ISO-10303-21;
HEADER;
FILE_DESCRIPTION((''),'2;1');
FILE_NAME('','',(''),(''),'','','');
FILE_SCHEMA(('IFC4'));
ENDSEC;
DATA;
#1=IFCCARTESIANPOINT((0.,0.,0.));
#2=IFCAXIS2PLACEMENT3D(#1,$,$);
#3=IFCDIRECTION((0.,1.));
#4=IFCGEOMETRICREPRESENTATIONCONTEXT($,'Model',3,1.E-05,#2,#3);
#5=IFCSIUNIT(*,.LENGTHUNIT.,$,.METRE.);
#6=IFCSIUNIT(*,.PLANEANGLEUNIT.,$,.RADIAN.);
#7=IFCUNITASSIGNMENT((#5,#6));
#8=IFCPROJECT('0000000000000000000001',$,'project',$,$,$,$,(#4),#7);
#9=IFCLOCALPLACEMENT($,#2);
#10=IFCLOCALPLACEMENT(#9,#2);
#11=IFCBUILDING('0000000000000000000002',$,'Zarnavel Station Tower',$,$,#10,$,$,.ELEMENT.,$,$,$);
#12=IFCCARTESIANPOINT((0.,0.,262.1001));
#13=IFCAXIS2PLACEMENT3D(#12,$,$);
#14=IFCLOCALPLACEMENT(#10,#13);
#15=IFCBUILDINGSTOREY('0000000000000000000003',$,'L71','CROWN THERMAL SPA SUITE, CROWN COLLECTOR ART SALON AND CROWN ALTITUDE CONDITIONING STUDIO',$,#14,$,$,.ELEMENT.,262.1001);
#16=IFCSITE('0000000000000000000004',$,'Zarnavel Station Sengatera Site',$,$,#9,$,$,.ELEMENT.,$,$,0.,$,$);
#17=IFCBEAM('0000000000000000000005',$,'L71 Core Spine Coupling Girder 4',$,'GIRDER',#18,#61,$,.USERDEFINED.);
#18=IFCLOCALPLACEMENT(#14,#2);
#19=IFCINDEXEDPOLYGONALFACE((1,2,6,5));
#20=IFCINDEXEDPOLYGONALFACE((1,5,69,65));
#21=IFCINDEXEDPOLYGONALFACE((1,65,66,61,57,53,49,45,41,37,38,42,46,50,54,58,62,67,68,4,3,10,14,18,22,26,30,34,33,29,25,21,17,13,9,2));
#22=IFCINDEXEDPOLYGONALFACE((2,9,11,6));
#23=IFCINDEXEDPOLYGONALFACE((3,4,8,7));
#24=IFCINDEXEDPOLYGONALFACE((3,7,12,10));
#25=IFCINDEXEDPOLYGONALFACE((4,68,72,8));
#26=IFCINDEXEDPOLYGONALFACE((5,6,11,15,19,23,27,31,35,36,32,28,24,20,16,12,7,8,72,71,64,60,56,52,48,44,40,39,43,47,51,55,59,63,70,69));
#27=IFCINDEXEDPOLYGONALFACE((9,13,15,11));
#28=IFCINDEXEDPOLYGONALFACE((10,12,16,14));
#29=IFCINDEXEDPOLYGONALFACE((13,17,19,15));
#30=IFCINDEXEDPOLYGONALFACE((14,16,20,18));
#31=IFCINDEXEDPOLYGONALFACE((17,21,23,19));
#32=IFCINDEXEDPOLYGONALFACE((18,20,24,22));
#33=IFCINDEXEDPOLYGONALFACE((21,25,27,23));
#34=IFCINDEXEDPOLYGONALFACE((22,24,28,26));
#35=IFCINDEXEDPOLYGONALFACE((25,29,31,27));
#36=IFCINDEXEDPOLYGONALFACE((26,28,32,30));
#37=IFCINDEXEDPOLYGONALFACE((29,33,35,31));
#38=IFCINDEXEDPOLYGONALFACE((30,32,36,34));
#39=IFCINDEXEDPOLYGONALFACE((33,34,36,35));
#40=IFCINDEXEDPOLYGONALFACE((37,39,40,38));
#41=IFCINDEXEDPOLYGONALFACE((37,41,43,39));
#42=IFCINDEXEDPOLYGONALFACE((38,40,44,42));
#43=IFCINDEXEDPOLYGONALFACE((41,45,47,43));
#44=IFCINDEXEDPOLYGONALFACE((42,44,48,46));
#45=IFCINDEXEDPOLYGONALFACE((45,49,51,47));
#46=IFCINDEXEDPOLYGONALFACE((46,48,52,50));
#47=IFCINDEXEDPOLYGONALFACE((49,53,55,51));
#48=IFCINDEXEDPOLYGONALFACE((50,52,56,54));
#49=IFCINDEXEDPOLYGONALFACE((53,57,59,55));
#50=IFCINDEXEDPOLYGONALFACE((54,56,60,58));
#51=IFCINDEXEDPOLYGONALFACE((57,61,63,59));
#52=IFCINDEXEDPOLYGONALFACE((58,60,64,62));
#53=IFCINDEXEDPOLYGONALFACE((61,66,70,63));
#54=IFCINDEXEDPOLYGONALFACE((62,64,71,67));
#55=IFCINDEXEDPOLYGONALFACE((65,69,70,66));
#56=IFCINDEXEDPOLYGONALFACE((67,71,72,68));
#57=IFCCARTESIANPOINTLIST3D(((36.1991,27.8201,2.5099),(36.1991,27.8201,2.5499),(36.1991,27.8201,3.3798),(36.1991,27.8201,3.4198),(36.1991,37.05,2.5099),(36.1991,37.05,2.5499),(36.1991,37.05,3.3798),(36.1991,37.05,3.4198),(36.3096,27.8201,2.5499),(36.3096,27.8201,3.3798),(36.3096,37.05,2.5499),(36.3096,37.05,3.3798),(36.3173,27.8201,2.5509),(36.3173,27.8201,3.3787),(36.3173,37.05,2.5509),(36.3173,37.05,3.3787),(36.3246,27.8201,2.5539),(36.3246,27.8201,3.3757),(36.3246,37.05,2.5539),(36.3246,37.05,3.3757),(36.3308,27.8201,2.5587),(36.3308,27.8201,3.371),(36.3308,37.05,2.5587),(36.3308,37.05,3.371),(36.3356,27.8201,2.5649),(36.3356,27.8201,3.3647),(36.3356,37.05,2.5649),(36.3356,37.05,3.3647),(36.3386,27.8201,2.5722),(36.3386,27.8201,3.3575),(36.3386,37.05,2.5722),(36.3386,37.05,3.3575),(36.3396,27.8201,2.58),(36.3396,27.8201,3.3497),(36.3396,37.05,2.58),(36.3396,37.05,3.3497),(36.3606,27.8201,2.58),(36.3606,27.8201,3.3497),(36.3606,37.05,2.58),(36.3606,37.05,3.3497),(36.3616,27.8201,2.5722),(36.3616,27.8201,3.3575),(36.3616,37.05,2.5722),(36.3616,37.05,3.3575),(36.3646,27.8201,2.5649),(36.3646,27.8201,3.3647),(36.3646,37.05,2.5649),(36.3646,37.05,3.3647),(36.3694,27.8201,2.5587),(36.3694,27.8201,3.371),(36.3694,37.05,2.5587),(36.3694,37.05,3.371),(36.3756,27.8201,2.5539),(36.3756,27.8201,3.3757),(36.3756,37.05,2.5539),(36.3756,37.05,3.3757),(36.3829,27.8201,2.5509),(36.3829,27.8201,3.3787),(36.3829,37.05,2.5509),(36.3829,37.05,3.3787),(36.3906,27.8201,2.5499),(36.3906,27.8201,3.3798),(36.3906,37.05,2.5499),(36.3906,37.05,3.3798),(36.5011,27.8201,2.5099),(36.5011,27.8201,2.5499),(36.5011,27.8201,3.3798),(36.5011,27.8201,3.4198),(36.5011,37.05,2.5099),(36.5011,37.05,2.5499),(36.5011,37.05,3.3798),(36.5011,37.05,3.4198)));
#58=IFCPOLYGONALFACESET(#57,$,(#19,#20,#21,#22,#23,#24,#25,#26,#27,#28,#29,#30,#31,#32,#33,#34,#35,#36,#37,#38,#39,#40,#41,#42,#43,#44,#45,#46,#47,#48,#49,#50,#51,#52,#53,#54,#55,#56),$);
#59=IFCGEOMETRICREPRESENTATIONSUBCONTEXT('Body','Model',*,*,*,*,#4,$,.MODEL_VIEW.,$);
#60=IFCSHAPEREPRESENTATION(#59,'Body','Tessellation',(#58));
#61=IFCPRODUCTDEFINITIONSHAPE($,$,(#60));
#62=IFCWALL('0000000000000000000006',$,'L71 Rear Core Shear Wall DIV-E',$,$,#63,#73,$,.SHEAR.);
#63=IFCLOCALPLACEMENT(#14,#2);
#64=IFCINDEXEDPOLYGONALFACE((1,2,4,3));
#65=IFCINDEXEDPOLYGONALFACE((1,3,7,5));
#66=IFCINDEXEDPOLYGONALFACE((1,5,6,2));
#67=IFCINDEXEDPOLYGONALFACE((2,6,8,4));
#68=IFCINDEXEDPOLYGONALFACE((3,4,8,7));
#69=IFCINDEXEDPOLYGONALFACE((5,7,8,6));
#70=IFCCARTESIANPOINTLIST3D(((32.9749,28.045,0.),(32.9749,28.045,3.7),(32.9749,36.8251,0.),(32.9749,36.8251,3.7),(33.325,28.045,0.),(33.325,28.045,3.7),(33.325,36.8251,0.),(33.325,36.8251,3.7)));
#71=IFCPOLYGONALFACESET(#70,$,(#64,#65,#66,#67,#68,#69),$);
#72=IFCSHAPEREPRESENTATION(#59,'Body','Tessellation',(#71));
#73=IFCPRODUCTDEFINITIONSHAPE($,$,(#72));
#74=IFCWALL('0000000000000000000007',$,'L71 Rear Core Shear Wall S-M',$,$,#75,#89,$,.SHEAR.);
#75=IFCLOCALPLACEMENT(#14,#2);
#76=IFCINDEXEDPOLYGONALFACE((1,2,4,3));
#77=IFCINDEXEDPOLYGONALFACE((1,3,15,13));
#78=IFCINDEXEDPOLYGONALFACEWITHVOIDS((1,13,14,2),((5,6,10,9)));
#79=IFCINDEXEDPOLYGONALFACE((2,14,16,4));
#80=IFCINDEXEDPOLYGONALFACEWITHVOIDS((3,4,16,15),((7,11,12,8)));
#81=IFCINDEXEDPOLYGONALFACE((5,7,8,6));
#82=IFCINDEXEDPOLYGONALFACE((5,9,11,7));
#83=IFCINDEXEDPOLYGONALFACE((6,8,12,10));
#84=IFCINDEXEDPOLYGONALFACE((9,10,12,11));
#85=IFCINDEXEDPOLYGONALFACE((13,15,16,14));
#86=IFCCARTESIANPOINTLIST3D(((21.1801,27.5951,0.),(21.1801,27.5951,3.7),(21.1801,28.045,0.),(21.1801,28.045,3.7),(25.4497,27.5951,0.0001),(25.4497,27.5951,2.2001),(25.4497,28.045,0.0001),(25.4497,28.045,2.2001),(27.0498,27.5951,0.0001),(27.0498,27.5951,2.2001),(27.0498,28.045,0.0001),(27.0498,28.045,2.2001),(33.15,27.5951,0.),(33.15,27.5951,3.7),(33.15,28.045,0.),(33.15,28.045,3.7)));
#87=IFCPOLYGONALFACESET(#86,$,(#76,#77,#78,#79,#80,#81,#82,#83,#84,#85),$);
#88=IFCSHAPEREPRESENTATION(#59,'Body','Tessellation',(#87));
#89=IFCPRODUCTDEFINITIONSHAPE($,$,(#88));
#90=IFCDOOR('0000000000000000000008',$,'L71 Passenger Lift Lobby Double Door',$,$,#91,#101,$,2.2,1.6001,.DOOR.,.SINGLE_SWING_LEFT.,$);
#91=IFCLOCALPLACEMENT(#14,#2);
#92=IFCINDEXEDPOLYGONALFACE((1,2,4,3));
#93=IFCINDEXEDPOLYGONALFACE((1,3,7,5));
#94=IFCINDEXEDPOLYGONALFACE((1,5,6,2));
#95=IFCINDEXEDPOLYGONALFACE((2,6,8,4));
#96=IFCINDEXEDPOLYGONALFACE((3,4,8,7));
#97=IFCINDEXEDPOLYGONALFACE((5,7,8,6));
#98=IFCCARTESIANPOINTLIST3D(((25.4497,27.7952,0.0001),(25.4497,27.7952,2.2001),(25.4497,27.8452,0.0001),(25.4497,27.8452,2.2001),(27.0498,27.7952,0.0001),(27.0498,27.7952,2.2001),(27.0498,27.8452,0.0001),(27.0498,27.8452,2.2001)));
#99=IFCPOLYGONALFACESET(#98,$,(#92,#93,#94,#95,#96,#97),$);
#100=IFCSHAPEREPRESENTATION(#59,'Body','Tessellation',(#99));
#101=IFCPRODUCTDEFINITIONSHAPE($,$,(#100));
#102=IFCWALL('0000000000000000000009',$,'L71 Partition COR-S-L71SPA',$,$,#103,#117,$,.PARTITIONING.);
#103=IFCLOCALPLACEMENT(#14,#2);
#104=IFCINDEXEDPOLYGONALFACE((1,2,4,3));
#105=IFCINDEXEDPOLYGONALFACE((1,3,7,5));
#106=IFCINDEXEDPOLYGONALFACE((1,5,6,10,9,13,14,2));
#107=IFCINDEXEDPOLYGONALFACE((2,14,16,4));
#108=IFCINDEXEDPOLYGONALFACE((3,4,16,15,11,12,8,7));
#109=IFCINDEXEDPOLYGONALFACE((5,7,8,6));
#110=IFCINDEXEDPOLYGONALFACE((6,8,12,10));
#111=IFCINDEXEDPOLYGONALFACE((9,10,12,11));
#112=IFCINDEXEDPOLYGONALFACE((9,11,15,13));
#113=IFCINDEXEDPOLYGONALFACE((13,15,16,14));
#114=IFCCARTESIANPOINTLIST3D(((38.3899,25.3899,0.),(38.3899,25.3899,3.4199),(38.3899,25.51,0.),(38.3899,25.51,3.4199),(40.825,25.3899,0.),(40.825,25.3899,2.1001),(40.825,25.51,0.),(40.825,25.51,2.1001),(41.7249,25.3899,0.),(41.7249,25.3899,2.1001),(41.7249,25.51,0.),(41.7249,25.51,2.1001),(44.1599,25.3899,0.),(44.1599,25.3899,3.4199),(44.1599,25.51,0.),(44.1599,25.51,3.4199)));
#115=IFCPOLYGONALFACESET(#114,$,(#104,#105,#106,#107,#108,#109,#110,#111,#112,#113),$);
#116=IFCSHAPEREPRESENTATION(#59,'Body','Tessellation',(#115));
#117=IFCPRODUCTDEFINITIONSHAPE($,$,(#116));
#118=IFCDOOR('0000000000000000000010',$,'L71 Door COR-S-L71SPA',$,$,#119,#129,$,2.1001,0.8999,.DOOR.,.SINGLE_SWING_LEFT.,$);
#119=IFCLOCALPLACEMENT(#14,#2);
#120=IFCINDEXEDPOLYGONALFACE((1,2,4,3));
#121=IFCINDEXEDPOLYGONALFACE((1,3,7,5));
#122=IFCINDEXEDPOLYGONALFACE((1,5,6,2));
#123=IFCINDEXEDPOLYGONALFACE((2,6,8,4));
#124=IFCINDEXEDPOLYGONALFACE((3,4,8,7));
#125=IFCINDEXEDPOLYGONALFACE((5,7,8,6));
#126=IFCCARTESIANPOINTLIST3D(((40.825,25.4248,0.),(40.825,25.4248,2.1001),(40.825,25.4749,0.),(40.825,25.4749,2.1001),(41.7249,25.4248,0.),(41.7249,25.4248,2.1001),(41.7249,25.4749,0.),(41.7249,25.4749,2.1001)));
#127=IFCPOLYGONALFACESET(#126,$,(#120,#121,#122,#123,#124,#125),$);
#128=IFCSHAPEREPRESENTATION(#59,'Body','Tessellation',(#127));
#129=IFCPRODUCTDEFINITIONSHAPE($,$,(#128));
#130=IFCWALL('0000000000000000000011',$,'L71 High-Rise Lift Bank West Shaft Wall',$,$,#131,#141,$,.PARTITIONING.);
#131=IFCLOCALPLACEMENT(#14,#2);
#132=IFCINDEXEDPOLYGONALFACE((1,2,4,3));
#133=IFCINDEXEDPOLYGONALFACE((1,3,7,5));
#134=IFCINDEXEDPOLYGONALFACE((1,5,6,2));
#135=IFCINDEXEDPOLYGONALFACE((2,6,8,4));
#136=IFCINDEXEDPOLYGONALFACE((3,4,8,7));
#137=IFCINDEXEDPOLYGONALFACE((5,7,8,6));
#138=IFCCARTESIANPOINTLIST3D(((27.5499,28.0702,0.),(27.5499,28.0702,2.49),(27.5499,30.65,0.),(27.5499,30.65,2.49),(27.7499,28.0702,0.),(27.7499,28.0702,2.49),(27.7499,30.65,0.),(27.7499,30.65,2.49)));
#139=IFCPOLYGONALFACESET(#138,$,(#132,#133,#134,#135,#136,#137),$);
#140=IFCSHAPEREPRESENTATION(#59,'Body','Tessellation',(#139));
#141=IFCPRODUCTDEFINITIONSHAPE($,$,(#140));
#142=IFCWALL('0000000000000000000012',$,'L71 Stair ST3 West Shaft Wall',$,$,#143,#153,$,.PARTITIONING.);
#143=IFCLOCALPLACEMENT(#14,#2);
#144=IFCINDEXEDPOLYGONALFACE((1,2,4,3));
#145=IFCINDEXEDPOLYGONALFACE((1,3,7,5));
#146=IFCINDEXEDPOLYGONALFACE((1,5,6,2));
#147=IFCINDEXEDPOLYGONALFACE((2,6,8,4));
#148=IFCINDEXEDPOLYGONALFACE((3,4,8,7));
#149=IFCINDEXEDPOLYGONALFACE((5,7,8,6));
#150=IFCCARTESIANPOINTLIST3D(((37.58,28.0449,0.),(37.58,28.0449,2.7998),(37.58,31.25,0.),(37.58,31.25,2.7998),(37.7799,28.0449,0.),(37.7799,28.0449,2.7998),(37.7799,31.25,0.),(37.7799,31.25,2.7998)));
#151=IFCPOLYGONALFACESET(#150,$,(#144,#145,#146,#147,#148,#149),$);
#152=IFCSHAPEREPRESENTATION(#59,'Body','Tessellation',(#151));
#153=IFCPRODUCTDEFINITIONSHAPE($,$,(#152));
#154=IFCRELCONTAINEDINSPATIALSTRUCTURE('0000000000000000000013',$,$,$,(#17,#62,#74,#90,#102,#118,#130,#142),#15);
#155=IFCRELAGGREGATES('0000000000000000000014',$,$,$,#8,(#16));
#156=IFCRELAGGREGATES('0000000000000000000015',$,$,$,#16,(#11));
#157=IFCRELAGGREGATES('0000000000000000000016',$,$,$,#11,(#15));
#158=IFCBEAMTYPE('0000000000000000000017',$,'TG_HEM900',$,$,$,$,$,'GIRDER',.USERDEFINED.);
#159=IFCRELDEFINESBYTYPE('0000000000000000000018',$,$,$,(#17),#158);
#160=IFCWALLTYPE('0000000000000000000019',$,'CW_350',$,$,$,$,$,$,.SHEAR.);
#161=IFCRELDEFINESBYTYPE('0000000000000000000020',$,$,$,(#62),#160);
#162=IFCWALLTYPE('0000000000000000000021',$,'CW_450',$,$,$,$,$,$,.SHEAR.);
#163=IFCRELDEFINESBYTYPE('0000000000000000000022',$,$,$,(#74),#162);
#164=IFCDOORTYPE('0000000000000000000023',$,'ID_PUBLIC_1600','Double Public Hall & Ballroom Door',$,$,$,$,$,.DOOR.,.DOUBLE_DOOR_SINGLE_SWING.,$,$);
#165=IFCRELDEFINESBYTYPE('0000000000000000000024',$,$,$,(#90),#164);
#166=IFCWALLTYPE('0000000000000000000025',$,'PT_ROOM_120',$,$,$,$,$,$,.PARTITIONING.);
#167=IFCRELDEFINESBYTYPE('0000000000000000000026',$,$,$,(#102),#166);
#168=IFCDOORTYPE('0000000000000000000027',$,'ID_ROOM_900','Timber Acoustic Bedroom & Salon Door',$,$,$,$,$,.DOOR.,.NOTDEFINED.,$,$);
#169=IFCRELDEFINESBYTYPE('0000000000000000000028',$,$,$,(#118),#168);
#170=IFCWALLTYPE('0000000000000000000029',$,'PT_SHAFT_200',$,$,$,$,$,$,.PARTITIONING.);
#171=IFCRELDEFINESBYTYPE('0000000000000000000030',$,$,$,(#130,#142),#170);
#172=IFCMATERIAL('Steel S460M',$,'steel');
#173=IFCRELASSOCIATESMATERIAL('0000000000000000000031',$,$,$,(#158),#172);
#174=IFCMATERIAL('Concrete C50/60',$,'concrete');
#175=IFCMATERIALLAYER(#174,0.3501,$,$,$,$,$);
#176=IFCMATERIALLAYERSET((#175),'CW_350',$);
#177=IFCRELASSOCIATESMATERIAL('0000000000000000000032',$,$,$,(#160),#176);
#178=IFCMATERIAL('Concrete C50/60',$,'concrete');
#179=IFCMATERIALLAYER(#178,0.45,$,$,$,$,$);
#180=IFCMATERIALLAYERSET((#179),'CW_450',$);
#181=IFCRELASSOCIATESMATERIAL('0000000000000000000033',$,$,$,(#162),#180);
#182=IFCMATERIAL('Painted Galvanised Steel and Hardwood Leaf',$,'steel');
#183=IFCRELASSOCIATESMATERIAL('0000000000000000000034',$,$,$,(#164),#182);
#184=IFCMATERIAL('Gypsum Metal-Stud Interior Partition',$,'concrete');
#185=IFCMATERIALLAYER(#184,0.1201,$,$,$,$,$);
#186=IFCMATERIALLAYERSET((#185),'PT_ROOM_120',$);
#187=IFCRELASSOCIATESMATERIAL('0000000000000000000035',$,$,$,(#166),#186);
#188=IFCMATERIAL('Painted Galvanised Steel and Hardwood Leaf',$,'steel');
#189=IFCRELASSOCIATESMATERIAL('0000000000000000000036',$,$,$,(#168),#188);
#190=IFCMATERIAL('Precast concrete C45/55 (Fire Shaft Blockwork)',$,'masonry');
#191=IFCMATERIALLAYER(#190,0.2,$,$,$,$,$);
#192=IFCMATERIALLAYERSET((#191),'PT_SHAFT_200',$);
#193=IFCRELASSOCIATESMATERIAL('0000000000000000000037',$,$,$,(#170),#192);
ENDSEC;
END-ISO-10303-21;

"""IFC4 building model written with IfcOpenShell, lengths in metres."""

from ifc_helpers import new_model, si_unit, direction, frame, frame_2d, origin, origin_2d, place, context, subcontext, project, spatial, rectangle, i_section, extrude, material, layer, layer_set, material_profile, profile_set, type_object, element, fill, save


model = new_model("IFC4")

# Units and contexts
model_context = context("Model", 3, precision=1e-05, world=origin(), true_north=direction((0.0, 1.0)))
body_context = subcontext(model_context, "Body", "Model", "MODEL_VIEW")
ifc_project = project(units=[si_unit("LENGTHUNIT", "METRE"), si_unit("PLANEANGLEUNIT", "RADIAN")], contexts=[model_context])

# Site, building, storey
site_placement = place(None, origin())
site = spatial("IfcSite", under=ifc_project, at=site_placement, Name="Zarnavel Station Sengatera Site", CompositionType="ELEMENT", RefElevation=0.0)
building_placement = place(site_placement, origin())
building = spatial("IfcBuilding", under=site, at=building_placement, Name="Zarnavel Station Tower", CompositionType="ELEMENT")
storey_placement = place(building_placement, frame((0.0, 0.0, 262.1001)))
storey = spatial("IfcBuildingStorey", under=building, at=storey_placement, Name="L71", Description="CROWN THERMAL SPA SUITE, CROWN COLLECTOR ART SALON AND CROWN ALTITUDE CONDITIONING STUDIO", CompositionType="ELEMENT", Elevation=262.1001)

# Beam
ifc_material_1 = material(Name="Steel S460M", Category="steel")
ifc_material_profile_1 = material_profile(ifc_material_1, i_section(OverallWidth=0.302, OverallDepth=0.9099, WebThickness=0.021, FlangeThickness=0.04, FilletRadius=0.03, at=origin_2d()), Name="HEM900")
ifc_profile_set_1 = profile_set([ifc_material_profile_1], Name="Steel S460M")
beam_type_1 = type_object("IfcBeamType", Name="TG_HEM900", ElementType="GIRDER", PredefinedType="USERDEFINED", material=ifc_profile_set_1)
for number, where, z_axis, x_axis, name in (
    (1, (36.3501, 27.8201, 2.9648), (0.0, 1.0, 0.0), (-1.0, 0.0, 0.0), "L71 Core Spine Coupling Girder 4"),
):
    element("IfcBeam", number, at=place(storey_placement, frame(where, z_axis=z_axis, x_axis=x_axis)), inside=storey, type_object=beam_type_1, Name=name, ObjectType="GIRDER", PredefinedType="USERDEFINED", context=body_context, shape_type="SweptSolid", body=[
        extrude(i_section(OverallWidth=0.302, OverallDepth=0.9099, WebThickness=0.021, FlangeThickness=0.04, FilletRadius=0.03, at=origin_2d()), origin(), (0.0, 0.0, 1.0), 9.23),
    ])

# Wall
ifc_material_2 = material(Name="Concrete C50/60", Category="concrete")
ifc_layer_1 = layer(ifc_material_2, 0.3501)
ifc_layer_set_1 = layer_set([ifc_layer_1], Name="CW_350")
wall_type_1 = type_object("IfcWallType", Name="CW_350", PredefinedType="SHEAR", material=ifc_layer_set_1)
wall_1_placement = place(storey_placement, frame((33.1499, 28.0449, 0.0), z_axis=(0.0, 0.0, 1.0), x_axis=(0.0, 1.0, 0.0)))
element("IfcWall", 2, at=wall_1_placement, inside=storey, type_object=wall_type_1, Name="L71 Rear Core Shear Wall DIV-E", PredefinedType="SHEAR", context=body_context, shape_type="SweptSolid", body=[
    extrude(rectangle(XDim=8.78, YDim=0.3501, at=frame_2d((4.3901, 0.0))), origin(), (0.0, 0.0, 1.0), 3.7),
])

# Walls, openings, doors
ifc_material_3 = material(Name="Concrete C50/60", Category="concrete")
ifc_layer_2 = layer(ifc_material_3, 0.45)
ifc_layer_set_2 = layer_set([ifc_layer_2], Name="CW_450")
wall_type_2 = type_object("IfcWallType", Name="CW_450", PredefinedType="SHEAR", material=ifc_layer_set_2)
wall_2_placement = place(storey_placement, frame((33.1499, 27.8201, 0.0), z_axis=(0.0, 0.0, 1.0), x_axis=(-1.0, 0.0, 0.0)))
wall_2 = element("IfcWall", 3, at=wall_2_placement, inside=storey, type_object=wall_type_2, Name="L71 Rear Core Shear Wall S-M", PredefinedType="SHEAR", context=body_context, shape_type="SweptSolid", body=[
    extrude(rectangle(XDim=11.97, YDim=0.45, at=frame_2d((5.9849, 0.0))), origin(), (0.0, 0.0, 1.0), 3.7),
])
opening_1_placement = place(wall_2_placement, frame((6.1001, 0.0, 0.0)))
opening_1 = element("IfcOpeningElement", 4, at=opening_1_placement, cuts=wall_2, PredefinedType="OPENING", context=body_context, shape_type="SweptSolid", body=[
    extrude(rectangle(XDim=1.6001, YDim=2.2, at=frame_2d((0.8, 1.1001))), frame((0.0, 0.2349, 0.0), z_axis=(0.0, -1.0, 0.0), x_axis=(1.0, 0.0, 0.0)), (0.0, 0.0, 1.0), 0.47),
])
ifc_material_4 = material(Name="Painted Galvanised Steel and Hardwood Leaf", Category="steel")
door_type_1 = type_object("IfcDoorType", Name="ID_PUBLIC_1600", Description="Double Public Hall & Ballroom Door", OperationType="DOUBLE_DOOR_SINGLE_SWING", PredefinedType="DOOR", material=ifc_material_4)
door_1_placement = place(opening_1_placement, origin())
door_1 = element("IfcDoor", 5, at=door_1_placement, inside=storey, type_object=door_type_1, Name="L71 Passenger Lift Lobby Double Door", OperationType="SINGLE_SWING_LEFT", OverallHeight=2.2, OverallWidth=1.6001, PredefinedType="DOOR", context=body_context, shape_type="SweptSolid", body=[
    extrude(rectangle(XDim=1.6001, YDim=2.2, at=frame_2d((0.8, 1.1001))), frame((0.0, 0.0249, 0.0), z_axis=(0.0, -1.0, 0.0), x_axis=(1.0, 0.0, 0.0)), (0.0, 0.0, 1.0), 0.05),
])
fill(opening_1, door_1)
ifc_material_5 = material(Name="Gypsum Metal-Stud Interior Partition", Category="concrete")
ifc_layer_3 = layer(ifc_material_5, 0.1201)
ifc_layer_set_3 = layer_set([ifc_layer_3], Name="PT_ROOM_120")
wall_type_3 = type_object("IfcWallType", Name="PT_ROOM_120", PredefinedType="PARTITIONING", material=ifc_layer_set_3)
wall_3_placement = place(storey_placement, frame((38.3899, 25.45, 0.0), z_axis=(0.0, 0.0, 1.0), x_axis=(1.0, 0.0, 0.0)))
wall_3 = element("IfcWall", 6, at=wall_3_placement, inside=storey, type_object=wall_type_3, Name="L71 Partition COR-S-L71SPA", PredefinedType="PARTITIONING", context=body_context, shape_type="SweptSolid", body=[
    extrude(rectangle(XDim=5.77, YDim=0.1201, at=frame_2d((2.885, 0.0))), origin(), (0.0, 0.0, 1.0), 3.4199),
])
opening_2_placement = place(wall_3_placement, frame((2.4351, 0.0, 0.0)))
opening_2 = element("IfcOpeningElement", 7, at=opening_2_placement, cuts=wall_3, PredefinedType="OPENING", context=body_context, shape_type="SweptSolid", body=[
    extrude(rectangle(XDim=0.8999, YDim=2.1001, at=frame_2d((0.45, 1.05))), frame((0.0, 0.0701, 0.0), z_axis=(0.0, -1.0, 0.0), x_axis=(1.0, 0.0, 0.0)), (0.0, 0.0, 1.0), 0.1401),
])
ifc_material_6 = material(Name="Painted Galvanised Steel and Hardwood Leaf", Category="steel")
door_type_2 = type_object("IfcDoorType", Name="ID_ROOM_900", Description="Timber Acoustic Bedroom & Salon Door", OperationType="NOTDEFINED", PredefinedType="DOOR", material=ifc_material_6)
door_2_placement = place(opening_2_placement, origin())
door_2 = element("IfcDoor", 8, at=door_2_placement, inside=storey, type_object=door_type_2, Name="L71 Door COR-S-L71SPA", OperationType="SINGLE_SWING_LEFT", OverallHeight=2.1001, OverallWidth=0.8999, PredefinedType="DOOR", context=body_context, shape_type="SweptSolid", body=[
    extrude(rectangle(XDim=0.8999, YDim=2.1001, at=frame_2d((0.45, 1.05))), frame((0.0, 0.0249, 0.0), z_axis=(0.0, -1.0, 0.0), x_axis=(1.0, 0.0, 0.0)), (0.0, 0.0, 1.0), 0.05),
])
fill(opening_2, door_2)

# Walls
ifc_material_7 = material(Name="Precast concrete C45/55 (Fire Shaft Blockwork)", Category="masonry")
ifc_layer_4 = layer(ifc_material_7, 0.2)
ifc_layer_set_4 = layer_set([ifc_layer_4], Name="PT_SHAFT_200")
wall_type_4 = type_object("IfcWallType", Name="PT_SHAFT_200", PredefinedType="PARTITIONING", material=ifc_layer_set_4)
wall_4_placement = place(storey_placement, frame((27.6499, 28.0701, 0.0), z_axis=(0.0, 0.0, 1.0), x_axis=(0.0, 1.0, 0.0)))
element("IfcWall", 9, at=wall_4_placement, inside=storey, type_object=wall_type_4, Name="L71 High-Rise Lift Bank West Shaft Wall", PredefinedType="PARTITIONING", context=body_context, shape_type="SweptSolid", body=[
    extrude(rectangle(XDim=2.5798, YDim=0.2, at=frame_2d((1.29, 0.0))), origin(), (0.0, 0.0, 1.0), 2.49),
])
wall_5_placement = place(storey_placement, frame((37.6799, 28.0449, 0.0), z_axis=(0.0, 0.0, 1.0), x_axis=(0.0, 1.0, 0.0)))
element("IfcWall", 10, at=wall_5_placement, inside=storey, type_object=wall_type_4, Name="L71 Stair ST3 West Shaft Wall", PredefinedType="PARTITIONING", context=body_context, shape_type="SweptSolid", body=[
    extrude(rectangle(XDim=3.2051, YDim=0.2, at=frame_2d((1.6025, 0.0))), origin(), (0.0, 0.0, 1.0), 2.7998),
])

save(model, "model.ifc")
